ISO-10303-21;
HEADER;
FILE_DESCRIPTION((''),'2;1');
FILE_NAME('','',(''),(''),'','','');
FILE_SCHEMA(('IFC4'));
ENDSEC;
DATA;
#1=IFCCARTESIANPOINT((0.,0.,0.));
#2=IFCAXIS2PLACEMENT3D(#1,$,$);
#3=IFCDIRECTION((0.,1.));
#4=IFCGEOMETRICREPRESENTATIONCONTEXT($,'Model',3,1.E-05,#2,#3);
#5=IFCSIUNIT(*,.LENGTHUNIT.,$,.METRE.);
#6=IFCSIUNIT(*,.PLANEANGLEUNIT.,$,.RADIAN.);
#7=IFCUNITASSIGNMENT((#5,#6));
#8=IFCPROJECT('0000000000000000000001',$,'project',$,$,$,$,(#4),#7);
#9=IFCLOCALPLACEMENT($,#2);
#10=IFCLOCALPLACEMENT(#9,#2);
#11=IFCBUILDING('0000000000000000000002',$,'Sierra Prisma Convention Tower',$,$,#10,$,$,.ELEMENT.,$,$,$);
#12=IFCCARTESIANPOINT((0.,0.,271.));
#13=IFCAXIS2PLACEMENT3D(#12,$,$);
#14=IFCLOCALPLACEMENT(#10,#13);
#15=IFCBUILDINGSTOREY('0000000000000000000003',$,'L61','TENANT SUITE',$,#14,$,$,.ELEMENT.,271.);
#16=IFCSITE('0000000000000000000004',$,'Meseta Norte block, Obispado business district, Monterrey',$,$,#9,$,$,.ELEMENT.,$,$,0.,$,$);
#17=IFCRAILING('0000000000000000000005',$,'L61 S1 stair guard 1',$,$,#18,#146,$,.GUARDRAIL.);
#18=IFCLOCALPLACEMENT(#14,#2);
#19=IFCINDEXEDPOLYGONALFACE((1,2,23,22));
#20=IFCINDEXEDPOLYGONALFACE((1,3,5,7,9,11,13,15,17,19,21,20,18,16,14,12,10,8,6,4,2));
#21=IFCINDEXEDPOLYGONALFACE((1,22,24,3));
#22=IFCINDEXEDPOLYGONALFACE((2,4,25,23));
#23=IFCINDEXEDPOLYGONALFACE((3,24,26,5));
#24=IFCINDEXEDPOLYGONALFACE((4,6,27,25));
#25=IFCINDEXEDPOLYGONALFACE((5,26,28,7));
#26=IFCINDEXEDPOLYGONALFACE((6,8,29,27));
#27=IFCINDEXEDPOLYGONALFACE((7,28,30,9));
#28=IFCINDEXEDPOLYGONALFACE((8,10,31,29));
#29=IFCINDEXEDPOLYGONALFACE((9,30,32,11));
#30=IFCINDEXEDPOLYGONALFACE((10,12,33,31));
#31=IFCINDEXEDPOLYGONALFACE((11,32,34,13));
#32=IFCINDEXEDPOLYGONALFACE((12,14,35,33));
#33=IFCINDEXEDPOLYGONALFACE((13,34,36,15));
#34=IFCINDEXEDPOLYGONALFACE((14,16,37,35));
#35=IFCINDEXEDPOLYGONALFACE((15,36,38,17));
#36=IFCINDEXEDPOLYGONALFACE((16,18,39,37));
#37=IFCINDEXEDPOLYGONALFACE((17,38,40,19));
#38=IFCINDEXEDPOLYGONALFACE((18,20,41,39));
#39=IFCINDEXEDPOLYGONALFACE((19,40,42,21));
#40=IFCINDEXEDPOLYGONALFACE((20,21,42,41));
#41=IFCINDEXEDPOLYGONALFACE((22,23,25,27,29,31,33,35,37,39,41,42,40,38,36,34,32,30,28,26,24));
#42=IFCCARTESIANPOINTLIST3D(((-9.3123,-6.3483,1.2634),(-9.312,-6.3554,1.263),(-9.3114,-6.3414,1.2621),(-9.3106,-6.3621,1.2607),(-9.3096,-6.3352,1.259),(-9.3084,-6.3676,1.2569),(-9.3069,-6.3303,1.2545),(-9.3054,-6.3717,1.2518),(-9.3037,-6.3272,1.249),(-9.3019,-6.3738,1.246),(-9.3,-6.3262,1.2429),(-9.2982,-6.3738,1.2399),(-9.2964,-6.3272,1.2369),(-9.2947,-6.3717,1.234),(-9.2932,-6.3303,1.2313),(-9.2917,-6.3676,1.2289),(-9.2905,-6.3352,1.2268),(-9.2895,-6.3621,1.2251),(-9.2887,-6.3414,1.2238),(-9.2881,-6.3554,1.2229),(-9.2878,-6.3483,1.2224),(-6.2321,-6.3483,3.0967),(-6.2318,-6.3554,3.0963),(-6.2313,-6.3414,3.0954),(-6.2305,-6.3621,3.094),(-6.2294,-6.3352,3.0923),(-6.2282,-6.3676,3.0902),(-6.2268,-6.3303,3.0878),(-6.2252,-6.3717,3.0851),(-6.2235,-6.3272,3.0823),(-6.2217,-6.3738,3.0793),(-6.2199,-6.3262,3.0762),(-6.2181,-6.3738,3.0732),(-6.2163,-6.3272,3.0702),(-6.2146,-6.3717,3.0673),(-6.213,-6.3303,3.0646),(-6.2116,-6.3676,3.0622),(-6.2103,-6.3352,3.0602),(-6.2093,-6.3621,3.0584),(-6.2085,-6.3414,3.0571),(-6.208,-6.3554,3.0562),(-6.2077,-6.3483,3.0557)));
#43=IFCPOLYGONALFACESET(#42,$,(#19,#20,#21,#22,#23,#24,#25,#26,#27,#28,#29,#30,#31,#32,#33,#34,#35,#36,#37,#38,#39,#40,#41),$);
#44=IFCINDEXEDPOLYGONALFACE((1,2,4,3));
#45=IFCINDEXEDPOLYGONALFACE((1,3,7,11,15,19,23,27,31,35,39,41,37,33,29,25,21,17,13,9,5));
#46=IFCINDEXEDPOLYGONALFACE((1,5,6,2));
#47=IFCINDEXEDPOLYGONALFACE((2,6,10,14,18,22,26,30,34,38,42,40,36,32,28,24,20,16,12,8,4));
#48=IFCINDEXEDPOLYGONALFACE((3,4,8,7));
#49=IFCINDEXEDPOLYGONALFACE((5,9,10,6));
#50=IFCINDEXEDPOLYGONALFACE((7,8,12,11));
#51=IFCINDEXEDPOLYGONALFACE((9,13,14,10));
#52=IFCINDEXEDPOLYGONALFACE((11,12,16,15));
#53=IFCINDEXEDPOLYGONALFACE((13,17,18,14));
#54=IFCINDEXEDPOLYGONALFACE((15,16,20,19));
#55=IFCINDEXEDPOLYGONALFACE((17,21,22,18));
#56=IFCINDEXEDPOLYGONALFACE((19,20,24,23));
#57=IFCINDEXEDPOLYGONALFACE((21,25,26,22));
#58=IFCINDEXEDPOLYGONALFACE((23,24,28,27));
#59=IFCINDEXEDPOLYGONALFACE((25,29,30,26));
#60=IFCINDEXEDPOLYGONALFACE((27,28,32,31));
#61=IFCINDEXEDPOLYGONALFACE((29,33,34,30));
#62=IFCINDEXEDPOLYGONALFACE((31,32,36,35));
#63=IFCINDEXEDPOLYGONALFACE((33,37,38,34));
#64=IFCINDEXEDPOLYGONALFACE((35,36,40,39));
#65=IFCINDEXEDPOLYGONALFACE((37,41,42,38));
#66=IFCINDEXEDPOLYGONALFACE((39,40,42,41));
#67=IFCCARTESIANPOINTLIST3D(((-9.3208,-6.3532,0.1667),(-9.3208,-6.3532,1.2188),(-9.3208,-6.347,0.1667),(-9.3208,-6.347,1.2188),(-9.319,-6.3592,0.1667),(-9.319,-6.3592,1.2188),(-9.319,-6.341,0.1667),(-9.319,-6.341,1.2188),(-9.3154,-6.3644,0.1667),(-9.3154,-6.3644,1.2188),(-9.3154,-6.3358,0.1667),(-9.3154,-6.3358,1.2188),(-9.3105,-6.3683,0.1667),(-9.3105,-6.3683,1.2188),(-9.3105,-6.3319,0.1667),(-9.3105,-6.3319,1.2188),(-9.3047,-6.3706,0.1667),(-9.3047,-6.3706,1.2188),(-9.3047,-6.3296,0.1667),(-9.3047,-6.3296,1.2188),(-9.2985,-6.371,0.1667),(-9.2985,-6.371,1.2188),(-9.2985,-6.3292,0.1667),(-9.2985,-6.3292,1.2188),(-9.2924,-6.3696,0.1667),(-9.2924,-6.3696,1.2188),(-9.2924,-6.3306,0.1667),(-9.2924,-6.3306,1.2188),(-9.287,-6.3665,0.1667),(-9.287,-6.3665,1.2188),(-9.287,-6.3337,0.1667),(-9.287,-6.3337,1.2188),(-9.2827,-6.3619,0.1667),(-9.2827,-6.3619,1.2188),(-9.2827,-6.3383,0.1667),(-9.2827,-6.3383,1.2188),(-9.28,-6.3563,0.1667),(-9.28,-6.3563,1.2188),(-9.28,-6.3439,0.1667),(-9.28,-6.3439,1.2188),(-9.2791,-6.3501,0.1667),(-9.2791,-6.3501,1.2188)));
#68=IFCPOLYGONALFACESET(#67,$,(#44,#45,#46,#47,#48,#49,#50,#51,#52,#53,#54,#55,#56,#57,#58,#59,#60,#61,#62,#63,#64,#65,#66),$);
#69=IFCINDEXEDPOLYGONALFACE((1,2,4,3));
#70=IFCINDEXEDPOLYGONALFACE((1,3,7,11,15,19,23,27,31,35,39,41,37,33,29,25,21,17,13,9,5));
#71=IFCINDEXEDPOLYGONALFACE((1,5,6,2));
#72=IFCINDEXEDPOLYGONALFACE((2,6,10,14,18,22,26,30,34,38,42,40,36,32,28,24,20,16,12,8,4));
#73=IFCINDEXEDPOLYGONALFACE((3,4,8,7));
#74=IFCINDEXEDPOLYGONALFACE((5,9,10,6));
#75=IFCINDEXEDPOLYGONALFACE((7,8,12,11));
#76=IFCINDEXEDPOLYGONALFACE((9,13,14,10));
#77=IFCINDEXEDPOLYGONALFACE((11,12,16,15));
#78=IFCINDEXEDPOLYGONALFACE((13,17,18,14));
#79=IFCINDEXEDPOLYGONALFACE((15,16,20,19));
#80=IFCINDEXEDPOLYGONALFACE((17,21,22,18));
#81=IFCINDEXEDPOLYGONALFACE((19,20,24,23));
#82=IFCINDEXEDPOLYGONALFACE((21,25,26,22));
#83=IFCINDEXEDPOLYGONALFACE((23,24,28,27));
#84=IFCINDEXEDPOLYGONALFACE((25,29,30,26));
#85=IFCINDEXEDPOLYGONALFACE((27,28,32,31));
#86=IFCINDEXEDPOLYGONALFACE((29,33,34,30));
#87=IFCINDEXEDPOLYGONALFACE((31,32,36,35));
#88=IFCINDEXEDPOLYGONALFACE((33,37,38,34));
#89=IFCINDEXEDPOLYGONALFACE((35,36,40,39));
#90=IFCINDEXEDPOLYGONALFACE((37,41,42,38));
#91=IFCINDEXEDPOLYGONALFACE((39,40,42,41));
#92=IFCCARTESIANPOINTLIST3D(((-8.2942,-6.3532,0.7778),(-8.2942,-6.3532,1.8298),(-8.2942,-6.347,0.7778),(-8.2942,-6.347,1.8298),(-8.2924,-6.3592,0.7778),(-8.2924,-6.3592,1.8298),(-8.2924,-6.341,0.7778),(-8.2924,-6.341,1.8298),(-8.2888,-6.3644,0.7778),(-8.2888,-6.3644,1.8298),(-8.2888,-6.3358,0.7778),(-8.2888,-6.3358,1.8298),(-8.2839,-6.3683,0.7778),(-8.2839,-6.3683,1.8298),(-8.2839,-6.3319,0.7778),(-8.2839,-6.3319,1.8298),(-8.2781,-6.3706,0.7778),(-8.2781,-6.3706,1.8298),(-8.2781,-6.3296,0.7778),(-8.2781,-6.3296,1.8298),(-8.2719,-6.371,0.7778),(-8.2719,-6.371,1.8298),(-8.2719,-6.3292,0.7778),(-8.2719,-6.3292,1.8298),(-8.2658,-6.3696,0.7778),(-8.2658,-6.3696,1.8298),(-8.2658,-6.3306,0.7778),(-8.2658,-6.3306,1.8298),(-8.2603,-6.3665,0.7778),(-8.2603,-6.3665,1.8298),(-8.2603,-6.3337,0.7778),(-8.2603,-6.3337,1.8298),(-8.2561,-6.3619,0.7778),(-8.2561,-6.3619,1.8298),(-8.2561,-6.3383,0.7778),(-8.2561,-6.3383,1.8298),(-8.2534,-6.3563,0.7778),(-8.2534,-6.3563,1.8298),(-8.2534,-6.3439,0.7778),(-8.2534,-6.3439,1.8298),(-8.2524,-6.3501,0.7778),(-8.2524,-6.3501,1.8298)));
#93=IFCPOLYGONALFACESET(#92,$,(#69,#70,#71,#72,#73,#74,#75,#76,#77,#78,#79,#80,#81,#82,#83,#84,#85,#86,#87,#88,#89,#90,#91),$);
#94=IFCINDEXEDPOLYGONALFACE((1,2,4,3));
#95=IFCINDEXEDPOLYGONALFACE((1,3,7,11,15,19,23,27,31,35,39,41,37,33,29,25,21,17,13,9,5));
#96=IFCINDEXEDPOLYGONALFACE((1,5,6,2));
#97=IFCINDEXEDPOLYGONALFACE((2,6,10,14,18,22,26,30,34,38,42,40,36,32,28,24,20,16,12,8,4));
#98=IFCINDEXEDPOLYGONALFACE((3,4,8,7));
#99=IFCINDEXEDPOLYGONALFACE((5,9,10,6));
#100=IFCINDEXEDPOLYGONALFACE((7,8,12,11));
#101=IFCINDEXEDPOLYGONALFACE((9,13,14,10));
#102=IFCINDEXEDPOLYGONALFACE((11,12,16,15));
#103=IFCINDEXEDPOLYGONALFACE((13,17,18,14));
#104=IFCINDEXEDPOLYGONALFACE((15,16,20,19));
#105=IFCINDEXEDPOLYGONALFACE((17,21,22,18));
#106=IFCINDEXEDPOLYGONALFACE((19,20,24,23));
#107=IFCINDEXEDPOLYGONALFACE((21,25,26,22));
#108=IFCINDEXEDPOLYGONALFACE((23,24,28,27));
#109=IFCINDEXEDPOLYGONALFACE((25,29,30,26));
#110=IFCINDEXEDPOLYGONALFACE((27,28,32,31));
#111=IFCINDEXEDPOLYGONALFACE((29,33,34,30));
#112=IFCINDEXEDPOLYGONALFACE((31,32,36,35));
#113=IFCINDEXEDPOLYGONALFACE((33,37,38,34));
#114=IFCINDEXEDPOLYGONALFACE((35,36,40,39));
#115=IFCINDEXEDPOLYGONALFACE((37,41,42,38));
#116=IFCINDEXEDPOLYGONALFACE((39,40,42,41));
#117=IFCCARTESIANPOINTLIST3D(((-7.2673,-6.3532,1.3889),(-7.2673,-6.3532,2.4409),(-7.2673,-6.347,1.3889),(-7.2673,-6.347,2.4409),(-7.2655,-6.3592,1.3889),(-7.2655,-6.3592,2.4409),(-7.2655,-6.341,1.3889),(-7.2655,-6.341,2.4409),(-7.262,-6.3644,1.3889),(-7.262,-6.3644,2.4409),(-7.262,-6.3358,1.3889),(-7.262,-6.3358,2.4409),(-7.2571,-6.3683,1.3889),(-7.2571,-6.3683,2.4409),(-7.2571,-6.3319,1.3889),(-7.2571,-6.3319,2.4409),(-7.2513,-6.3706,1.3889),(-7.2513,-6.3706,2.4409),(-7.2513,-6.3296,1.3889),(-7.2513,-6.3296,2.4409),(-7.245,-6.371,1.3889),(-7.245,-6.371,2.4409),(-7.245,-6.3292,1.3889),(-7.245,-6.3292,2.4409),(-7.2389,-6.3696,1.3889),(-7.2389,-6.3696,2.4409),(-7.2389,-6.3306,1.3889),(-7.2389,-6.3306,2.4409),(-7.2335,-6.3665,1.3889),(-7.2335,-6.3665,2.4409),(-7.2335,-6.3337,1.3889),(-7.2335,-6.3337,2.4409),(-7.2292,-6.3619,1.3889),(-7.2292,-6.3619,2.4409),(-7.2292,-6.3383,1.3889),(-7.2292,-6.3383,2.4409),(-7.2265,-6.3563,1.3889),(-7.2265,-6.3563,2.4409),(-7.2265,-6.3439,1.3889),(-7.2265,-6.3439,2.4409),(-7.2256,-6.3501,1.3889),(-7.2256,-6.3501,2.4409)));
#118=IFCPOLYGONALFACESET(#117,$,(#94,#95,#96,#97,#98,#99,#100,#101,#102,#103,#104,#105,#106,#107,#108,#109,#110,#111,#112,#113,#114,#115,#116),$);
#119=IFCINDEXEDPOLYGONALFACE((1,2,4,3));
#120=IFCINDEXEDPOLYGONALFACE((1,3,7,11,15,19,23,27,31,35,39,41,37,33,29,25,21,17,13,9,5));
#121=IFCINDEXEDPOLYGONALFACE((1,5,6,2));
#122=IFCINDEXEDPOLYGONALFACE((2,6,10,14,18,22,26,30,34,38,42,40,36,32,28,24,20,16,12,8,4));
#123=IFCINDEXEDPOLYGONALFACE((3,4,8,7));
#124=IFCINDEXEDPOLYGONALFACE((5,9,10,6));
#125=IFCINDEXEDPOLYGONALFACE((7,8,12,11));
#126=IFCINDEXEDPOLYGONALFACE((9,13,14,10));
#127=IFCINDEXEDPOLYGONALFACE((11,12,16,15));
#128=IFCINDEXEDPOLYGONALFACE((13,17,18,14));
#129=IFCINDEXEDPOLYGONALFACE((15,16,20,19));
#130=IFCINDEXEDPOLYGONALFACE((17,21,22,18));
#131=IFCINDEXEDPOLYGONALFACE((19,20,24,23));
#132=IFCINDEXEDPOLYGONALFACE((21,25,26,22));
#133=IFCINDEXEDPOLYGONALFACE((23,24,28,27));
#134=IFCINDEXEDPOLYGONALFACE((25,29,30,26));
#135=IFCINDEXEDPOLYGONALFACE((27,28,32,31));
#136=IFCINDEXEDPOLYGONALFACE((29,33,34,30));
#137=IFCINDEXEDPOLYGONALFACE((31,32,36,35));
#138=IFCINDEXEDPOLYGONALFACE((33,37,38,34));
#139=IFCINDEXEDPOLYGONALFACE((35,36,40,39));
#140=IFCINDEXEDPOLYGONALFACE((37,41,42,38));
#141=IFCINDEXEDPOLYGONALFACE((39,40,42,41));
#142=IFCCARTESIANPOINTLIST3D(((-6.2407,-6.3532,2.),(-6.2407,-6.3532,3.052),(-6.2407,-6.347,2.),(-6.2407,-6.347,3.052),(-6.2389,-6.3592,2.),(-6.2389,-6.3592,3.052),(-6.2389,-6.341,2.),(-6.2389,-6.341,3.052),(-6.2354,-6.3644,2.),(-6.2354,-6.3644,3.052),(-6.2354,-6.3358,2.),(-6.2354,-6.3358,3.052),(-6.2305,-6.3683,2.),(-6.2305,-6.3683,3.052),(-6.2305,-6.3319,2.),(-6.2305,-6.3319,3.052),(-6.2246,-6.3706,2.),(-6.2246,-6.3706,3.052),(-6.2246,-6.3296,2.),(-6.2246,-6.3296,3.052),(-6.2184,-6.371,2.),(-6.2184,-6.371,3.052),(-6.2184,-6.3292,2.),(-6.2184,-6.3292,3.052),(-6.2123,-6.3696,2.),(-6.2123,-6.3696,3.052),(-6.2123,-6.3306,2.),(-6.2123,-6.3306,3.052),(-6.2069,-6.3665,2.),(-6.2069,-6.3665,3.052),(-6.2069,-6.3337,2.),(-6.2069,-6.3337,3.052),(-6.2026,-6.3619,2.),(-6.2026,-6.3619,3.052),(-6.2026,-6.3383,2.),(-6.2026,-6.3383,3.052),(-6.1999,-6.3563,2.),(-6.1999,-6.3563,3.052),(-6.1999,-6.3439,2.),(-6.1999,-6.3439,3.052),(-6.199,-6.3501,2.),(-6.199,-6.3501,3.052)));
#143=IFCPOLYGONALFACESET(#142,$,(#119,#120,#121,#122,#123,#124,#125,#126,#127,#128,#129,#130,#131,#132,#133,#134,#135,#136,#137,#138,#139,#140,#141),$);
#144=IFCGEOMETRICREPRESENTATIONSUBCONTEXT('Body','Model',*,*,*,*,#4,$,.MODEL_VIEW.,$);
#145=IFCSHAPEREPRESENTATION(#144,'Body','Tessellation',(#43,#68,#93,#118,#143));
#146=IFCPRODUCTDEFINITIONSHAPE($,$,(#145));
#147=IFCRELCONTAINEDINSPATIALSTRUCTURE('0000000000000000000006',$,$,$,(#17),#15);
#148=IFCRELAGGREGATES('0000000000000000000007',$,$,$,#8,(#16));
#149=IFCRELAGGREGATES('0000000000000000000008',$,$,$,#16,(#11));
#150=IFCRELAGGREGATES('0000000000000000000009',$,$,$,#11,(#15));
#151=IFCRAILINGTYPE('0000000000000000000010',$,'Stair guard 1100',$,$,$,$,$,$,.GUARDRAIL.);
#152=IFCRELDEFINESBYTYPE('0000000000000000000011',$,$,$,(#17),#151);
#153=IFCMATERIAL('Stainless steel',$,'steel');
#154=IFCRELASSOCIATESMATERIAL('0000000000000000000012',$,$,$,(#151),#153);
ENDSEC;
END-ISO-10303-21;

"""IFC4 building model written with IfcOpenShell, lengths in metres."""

from ifc_helpers import new_model, si_unit, direction, frame, origin, origin_2d, place, context, subcontext, project, spatial, circle, extrude, material, type_object, element, save


model = new_model("IFC4")

# Units and contexts
model_context = context("Model", 3, precision=1e-05, world=origin(), true_north=direction((0.0, 1.0)))
body_context = subcontext(model_context, "Body", "Model", "MODEL_VIEW")
ifc_project = project(units=[si_unit("LENGTHUNIT", "METRE"), si_unit("PLANEANGLEUNIT", "RADIAN")], contexts=[model_context])

# Site, building, storey
site_placement = place(None, origin())
site = spatial("IfcSite", under=ifc_project, at=site_placement, Name="Meseta Norte block, Obispado business district, Monterrey", CompositionType="ELEMENT", RefElevation=0.0)
building_placement = place(site_placement, origin())
building = spatial("IfcBuilding", under=site, at=building_placement, Name="Sierra Prisma Convention Tower", CompositionType="ELEMENT")
storey_placement = place(building_placement, frame((0.0, 0.0, 271.0)))
storey = spatial("IfcBuildingStorey", under=building, at=storey_placement, Name="L61", Description="TENANT SUITE", CompositionType="ELEMENT", Elevation=271.0)

# Railing
ifc_material_1 = material(Name="Stainless steel", Category="steel")
railing_type_1 = type_object("IfcRailingType", Name="Stair guard 1100", PredefinedType="GUARDRAIL", material=ifc_material_1)
railing_1_placement = place(storey_placement, frame((-9.3, -6.3501, 0.1667)))
element("IfcRailing", 1, at=railing_1_placement, inside=storey, type_object=railing_type_1, Name="L61 S1 stair guard 1", PredefinedType="GUARDRAIL", context=body_context, shape_type="SweptSolid", body=[
    extrude(circle(Radius=0.0239, at=origin_2d()), frame((0.0, 0.0, 1.0762), z_axis=(0.859309, 0.0, 0.511458), x_axis=(0.0, 1.0, 0.0)), (0.0, 0.0, 1.0), 3.5845),
    extrude(circle(Radius=0.021, at=origin_2d()), origin(), (0.0, 0.0, 1.0), 1.052),
    extrude(circle(Radius=0.021, at=origin_2d()), frame((1.0266, 0.0, 0.6111)), (0.0, 0.0, 1.0), 1.052),
    extrude(circle(Radius=0.021, at=origin_2d()), frame((2.0535, 0.0, 1.2222)), (0.0, 0.0, 1.0), 1.052),
    extrude(circle(Radius=0.021, at=origin_2d()), frame((3.0801, 0.0, 1.8333)), (0.0, 0.0, 1.0), 1.052),
])

save(model, "model.ifc")
